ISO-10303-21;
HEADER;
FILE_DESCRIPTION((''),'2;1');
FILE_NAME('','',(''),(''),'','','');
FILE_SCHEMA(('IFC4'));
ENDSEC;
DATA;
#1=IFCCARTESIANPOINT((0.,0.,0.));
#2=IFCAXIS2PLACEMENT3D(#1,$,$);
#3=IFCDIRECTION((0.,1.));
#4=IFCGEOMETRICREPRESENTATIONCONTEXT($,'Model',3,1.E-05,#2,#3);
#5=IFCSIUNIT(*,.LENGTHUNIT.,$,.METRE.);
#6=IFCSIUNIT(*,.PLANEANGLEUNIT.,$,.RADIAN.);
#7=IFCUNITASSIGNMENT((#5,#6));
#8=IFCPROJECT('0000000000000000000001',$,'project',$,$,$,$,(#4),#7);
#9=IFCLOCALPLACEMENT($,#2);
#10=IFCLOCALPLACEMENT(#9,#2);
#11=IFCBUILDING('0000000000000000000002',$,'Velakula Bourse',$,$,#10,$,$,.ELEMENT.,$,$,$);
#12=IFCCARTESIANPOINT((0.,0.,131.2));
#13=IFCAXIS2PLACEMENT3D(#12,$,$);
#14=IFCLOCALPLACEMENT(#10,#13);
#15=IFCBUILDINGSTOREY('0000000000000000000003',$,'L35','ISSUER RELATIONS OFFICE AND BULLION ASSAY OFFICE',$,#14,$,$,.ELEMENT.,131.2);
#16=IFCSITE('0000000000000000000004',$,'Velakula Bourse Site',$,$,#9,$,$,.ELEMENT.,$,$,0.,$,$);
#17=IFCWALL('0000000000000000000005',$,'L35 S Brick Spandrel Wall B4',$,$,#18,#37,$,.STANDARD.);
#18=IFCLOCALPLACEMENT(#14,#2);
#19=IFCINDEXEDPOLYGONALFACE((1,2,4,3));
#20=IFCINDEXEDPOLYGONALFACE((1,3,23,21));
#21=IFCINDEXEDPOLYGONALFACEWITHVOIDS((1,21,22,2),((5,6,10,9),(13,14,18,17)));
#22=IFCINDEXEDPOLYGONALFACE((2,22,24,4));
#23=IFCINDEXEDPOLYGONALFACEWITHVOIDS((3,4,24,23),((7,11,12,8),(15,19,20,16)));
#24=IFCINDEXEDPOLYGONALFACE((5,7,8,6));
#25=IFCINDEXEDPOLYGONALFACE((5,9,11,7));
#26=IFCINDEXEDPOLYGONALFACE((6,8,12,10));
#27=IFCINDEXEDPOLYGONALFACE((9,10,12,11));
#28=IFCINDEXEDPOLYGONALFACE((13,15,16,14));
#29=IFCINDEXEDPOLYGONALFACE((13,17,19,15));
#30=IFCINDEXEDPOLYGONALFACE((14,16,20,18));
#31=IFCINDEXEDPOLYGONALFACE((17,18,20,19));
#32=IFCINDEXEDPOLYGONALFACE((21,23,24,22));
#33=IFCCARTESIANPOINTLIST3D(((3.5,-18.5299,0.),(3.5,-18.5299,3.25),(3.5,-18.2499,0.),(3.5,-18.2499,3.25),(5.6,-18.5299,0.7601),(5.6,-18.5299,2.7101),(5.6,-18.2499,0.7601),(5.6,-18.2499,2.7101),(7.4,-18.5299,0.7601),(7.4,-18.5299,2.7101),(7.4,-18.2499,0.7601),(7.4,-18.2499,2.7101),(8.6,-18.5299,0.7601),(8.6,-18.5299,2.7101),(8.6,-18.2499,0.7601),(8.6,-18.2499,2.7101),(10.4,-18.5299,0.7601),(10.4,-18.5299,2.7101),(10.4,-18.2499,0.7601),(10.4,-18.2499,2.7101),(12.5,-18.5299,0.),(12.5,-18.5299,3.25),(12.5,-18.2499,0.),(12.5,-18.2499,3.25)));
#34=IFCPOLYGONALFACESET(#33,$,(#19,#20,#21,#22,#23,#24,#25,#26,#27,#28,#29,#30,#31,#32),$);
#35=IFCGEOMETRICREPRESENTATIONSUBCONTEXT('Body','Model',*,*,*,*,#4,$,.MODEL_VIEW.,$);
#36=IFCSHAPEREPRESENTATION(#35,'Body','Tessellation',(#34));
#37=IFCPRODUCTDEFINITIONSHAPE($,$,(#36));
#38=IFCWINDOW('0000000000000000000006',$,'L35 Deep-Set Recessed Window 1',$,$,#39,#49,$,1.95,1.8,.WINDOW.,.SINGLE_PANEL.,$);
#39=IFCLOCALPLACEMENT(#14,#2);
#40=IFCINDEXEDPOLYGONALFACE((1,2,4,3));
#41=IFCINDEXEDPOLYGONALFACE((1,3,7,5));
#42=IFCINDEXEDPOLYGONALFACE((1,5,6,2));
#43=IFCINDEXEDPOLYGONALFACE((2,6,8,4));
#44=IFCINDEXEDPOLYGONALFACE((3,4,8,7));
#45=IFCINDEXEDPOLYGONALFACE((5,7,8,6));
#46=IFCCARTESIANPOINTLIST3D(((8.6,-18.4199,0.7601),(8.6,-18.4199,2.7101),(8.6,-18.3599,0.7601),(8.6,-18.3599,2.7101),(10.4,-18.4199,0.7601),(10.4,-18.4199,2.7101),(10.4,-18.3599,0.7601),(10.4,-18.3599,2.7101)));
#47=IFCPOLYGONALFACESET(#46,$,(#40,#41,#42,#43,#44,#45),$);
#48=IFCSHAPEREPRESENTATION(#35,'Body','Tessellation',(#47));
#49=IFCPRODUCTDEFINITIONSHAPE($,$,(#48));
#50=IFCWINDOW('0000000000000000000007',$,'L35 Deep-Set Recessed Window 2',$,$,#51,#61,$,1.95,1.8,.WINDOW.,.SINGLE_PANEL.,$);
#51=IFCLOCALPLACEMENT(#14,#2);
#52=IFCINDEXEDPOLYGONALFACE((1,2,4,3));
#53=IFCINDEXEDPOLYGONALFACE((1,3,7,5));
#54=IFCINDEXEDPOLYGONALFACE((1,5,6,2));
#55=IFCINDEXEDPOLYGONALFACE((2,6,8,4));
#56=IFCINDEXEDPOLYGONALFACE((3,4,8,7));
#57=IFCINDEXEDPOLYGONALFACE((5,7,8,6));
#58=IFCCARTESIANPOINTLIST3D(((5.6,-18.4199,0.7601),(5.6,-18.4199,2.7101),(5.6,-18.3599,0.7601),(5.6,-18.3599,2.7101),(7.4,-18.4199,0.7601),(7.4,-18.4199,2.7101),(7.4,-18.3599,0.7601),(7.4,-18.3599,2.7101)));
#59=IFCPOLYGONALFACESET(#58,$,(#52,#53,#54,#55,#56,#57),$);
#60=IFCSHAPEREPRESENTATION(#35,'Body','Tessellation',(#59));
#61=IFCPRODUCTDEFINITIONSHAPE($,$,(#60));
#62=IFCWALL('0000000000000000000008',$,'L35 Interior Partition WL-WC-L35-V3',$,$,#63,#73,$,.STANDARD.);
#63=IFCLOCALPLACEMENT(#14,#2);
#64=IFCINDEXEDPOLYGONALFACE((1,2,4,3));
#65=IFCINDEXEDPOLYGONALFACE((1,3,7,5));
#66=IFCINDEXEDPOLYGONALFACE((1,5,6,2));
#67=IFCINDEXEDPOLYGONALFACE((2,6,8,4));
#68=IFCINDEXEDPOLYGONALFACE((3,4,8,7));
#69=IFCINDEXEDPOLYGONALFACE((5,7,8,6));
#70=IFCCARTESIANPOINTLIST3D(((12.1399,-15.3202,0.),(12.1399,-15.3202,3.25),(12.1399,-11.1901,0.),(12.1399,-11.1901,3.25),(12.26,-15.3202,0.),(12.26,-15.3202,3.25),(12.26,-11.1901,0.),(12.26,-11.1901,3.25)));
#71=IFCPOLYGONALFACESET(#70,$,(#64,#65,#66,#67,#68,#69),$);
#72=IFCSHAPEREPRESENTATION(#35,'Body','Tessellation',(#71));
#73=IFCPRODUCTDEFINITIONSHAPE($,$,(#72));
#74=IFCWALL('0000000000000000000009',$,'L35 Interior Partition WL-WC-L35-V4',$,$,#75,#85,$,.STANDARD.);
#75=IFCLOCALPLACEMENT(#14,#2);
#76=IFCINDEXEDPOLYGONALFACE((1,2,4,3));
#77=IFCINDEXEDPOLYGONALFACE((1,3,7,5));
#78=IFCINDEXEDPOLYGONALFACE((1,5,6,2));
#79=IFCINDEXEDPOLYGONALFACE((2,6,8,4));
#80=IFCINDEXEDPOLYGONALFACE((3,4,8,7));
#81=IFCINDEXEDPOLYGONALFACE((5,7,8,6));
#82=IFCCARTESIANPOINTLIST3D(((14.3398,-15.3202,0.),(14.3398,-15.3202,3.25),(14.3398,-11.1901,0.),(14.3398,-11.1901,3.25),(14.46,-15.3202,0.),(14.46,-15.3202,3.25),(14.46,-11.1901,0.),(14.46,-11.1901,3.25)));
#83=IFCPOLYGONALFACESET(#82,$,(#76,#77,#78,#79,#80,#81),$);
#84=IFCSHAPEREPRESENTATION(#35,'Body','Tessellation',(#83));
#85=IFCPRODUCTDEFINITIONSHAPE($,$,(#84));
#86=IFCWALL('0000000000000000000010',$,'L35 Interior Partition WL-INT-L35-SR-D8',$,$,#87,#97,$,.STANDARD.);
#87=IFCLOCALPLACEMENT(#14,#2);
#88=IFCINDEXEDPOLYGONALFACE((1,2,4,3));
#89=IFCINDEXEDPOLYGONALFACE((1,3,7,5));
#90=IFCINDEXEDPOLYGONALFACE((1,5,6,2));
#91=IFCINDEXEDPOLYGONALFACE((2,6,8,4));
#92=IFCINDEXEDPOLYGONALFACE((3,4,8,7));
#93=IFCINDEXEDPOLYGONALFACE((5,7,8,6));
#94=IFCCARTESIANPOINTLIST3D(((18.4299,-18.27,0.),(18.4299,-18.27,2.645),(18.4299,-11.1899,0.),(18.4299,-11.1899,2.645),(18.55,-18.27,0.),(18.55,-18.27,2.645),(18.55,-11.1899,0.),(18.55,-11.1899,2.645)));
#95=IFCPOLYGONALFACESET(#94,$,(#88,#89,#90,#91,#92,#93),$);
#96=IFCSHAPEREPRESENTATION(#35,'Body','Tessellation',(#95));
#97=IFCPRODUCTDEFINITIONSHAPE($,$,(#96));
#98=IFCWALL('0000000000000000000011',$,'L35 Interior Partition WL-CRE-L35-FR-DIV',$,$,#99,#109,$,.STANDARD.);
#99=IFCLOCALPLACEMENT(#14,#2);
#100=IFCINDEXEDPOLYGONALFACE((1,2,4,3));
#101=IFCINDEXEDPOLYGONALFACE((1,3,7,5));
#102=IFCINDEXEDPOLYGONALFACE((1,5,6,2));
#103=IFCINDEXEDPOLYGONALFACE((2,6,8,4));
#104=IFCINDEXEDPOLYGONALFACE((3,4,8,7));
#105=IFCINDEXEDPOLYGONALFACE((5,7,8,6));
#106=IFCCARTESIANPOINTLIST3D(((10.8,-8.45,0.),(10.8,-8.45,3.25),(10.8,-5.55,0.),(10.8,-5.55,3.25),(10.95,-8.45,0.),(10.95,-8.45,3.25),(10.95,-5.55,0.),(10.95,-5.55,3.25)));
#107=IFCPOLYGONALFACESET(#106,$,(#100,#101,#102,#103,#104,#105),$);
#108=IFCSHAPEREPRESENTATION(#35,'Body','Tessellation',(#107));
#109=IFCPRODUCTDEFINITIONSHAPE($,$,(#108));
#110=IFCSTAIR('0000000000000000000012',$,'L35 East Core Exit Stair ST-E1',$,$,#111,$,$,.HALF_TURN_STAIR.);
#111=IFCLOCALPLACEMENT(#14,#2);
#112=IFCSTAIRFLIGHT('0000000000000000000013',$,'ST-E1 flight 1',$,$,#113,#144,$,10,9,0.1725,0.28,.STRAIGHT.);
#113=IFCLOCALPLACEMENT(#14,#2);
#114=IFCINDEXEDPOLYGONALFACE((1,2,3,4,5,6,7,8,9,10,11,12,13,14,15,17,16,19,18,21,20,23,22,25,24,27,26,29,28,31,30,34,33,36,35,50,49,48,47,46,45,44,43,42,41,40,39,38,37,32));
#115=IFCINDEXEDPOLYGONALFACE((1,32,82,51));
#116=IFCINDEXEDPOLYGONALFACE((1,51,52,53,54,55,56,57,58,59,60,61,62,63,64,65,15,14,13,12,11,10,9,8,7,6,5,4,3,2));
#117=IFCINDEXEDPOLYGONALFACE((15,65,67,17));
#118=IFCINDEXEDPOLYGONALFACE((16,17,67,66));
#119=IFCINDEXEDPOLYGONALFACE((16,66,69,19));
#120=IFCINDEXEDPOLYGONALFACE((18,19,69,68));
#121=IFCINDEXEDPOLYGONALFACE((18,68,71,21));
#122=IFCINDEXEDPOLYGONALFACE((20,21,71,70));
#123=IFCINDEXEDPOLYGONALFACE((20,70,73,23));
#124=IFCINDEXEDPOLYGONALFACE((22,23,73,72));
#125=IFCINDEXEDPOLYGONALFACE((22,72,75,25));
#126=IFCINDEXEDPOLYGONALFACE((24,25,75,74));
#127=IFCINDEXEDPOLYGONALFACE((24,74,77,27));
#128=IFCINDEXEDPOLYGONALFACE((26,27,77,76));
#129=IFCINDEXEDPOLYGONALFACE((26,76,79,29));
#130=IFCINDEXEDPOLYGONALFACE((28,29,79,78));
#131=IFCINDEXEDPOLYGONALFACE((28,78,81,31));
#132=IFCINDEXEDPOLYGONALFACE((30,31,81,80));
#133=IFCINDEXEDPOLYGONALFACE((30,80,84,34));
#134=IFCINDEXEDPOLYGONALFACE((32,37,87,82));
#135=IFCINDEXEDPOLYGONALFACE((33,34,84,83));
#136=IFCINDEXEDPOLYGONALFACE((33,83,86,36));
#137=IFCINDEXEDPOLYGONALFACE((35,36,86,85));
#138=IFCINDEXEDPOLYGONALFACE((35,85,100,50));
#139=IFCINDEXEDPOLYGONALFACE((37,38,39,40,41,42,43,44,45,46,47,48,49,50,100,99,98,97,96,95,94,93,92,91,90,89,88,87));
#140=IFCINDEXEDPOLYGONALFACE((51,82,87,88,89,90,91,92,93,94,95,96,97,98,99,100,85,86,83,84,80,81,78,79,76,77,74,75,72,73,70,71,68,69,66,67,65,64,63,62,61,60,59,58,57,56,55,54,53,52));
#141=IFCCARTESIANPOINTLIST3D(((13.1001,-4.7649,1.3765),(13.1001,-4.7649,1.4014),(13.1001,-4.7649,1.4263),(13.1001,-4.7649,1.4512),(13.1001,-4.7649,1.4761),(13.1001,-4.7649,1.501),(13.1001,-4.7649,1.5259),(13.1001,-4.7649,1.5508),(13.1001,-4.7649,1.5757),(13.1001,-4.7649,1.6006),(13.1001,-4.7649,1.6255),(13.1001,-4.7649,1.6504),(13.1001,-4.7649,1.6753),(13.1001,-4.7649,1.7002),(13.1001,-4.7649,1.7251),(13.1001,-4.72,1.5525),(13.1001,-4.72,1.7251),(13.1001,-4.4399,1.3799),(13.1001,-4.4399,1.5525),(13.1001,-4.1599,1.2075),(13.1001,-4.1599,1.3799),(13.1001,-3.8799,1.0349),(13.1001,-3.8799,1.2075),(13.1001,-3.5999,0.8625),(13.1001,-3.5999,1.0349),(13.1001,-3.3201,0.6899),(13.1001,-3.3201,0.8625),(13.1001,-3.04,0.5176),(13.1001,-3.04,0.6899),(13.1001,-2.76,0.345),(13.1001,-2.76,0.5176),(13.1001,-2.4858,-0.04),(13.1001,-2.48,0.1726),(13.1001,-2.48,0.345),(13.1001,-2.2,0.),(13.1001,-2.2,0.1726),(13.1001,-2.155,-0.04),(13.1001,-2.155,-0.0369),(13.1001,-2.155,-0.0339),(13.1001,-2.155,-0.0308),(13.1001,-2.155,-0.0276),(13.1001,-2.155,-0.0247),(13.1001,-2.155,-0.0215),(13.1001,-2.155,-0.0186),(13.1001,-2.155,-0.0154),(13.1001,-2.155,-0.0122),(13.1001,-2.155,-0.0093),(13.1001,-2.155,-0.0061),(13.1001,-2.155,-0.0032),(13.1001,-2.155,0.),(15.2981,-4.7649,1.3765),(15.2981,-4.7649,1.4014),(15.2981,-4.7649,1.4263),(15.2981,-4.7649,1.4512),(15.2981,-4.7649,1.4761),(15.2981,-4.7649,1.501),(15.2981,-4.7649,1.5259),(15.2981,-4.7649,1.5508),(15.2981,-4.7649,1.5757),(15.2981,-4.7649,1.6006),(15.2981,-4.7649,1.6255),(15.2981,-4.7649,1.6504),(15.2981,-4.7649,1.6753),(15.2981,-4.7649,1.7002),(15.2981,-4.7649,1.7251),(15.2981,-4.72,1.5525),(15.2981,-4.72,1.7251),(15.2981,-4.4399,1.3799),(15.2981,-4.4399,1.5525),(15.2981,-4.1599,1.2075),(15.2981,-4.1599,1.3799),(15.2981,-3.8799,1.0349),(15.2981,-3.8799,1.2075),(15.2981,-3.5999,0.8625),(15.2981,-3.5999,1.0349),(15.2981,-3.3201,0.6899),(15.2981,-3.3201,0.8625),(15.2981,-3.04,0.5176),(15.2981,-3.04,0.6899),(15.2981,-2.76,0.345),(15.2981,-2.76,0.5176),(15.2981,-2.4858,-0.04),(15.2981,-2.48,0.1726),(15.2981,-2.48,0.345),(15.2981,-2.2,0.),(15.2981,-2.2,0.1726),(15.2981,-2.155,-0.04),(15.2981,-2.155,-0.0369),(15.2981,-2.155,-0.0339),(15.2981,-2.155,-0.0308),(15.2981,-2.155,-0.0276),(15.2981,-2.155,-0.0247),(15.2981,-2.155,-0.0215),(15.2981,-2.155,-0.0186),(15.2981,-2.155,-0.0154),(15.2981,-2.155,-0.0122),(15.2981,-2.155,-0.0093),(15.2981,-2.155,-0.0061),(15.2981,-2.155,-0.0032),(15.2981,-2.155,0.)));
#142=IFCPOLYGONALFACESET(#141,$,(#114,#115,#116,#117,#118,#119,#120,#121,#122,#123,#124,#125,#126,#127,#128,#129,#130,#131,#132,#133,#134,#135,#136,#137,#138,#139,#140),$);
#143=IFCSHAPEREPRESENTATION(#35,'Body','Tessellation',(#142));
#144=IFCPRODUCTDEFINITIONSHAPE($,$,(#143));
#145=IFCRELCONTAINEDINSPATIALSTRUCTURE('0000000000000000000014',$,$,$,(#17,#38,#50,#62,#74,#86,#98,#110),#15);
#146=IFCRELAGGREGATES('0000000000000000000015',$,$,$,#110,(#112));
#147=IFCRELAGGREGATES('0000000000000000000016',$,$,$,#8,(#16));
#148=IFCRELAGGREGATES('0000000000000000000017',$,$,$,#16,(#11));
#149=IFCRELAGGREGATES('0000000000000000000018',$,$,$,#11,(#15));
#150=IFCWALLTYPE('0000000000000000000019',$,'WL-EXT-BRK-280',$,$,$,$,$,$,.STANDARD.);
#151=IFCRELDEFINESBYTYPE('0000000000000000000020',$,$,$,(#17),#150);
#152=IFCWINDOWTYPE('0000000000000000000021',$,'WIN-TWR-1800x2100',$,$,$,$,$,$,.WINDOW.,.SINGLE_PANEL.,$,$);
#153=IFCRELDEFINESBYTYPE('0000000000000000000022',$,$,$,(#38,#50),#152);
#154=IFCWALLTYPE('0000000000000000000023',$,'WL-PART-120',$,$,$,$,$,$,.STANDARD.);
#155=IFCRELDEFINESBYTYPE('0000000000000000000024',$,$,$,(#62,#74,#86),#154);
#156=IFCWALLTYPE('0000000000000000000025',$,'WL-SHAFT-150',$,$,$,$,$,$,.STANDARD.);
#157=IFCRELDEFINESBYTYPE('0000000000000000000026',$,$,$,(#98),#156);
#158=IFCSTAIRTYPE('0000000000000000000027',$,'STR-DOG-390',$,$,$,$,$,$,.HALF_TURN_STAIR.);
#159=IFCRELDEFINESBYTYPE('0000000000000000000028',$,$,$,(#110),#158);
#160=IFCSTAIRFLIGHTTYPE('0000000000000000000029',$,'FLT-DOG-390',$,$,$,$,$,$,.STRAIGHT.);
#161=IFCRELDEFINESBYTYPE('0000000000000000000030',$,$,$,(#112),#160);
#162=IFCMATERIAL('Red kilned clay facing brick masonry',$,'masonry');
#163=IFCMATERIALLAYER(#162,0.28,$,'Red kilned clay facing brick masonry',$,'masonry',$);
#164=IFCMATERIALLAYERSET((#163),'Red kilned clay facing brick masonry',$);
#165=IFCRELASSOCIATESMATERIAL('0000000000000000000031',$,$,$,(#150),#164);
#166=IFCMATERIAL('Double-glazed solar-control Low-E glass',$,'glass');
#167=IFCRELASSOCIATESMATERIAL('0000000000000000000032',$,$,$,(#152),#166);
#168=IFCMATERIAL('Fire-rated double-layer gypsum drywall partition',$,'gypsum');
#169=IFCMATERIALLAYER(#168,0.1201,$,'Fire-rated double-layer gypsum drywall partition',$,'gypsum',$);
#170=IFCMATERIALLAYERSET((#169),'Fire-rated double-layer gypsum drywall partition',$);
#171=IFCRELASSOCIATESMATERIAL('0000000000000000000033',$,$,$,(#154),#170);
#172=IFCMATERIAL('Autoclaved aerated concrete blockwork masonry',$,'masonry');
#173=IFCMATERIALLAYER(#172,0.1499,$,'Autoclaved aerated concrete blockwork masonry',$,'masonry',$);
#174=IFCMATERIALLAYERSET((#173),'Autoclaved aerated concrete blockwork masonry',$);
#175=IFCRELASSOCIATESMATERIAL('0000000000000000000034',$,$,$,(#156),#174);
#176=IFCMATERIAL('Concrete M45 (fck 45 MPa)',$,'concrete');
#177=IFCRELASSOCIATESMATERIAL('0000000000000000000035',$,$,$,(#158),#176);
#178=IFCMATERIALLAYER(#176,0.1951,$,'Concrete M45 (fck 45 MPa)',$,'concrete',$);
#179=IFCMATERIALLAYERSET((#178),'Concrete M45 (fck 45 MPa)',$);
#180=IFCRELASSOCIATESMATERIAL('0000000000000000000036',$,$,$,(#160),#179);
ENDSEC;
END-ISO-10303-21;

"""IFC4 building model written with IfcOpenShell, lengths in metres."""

from ifc_helpers import new_model, si_unit, direction, frame, frame_2d, origin, place, context, subcontext, project, spatial, polyline, rectangle, outline, extrude, material, layer, layer_set, type_object, element, fill, aggregate, save


model = new_model("IFC4")

# Units and contexts
model_context = context("Model", 3, precision=1e-05, world=origin(), true_north=direction((0.0, 1.0)))
body_context = subcontext(model_context, "Body", "Model", "MODEL_VIEW")
ifc_project = project(units=[si_unit("LENGTHUNIT", "METRE"), si_unit("PLANEANGLEUNIT", "RADIAN")], contexts=[model_context])

# Site, building, storey
site_placement = place(None, origin())
site = spatial("IfcSite", under=ifc_project, at=site_placement, Name="Velakula Bourse Site", CompositionType="ELEMENT", RefElevation=0.0)
building_placement = place(site_placement, origin())
building = spatial("IfcBuilding", under=site, at=building_placement, Name="Velakula Bourse", CompositionType="ELEMENT")
storey_placement = place(building_placement, frame((0.0, 0.0, 131.2)))
storey = spatial("IfcBuildingStorey", under=building, at=storey_placement, Name="L35", Description="ISSUER RELATIONS OFFICE AND BULLION ASSAY OFFICE", CompositionType="ELEMENT", Elevation=131.2)

# Wall, openings, windows
ifc_material_1 = material(Name="Red kilned clay facing brick masonry", Category="masonry")
ifc_layer_1 = layer(ifc_material_1, 0.28, Name="Red kilned clay facing brick masonry", Category="masonry")
ifc_layer_set_1 = layer_set([ifc_layer_1], Name="Red kilned clay facing brick masonry")
wall_type_1 = type_object("IfcWallType", Name="WL-EXT-BRK-280", PredefinedType="STANDARD", material=ifc_layer_set_1)
wall_1_placement = place(storey_placement, frame((12.5, -18.3899, 0.0), z_axis=(0.0, 0.0, 1.0), x_axis=(-1.0, 0.0, 0.0)))
wall_1 = element("IfcWall", 1, at=wall_1_placement, inside=storey, type_object=wall_type_1, Name="L35 S Brick Spandrel Wall B4", PredefinedType="STANDARD", context=body_context, shape_type="SweptSolid", body=[
    extrude(rectangle(XDim=9.0, YDim=0.28, at=frame_2d((4.5, 0.0))), origin(), (0.0, 0.0, 1.0), 3.25),
])
opening_1_placement = place(wall_1_placement, frame((2.1001, 0.0, 0.76)))
opening_1 = element("IfcOpeningElement", 2, at=opening_1_placement, cuts=wall_1, PredefinedType="OPENING", context=body_context, shape_type="SweptSolid", body=[
    extrude(rectangle(XDim=1.8, YDim=1.95, at=frame_2d((0.8999, 0.9751))), frame((0.0, 0.1499, 0.0), z_axis=(0.0, -1.0, 0.0), x_axis=(1.0, 0.0, 0.0)), (0.0, 0.0, 1.0), 0.3),
])
opening_2_placement = place(wall_1_placement, frame((5.1001, 0.0, 0.76)))
opening_2 = element("IfcOpeningElement", 3, at=opening_2_placement, cuts=wall_1, PredefinedType="OPENING", context=body_context, shape_type="SweptSolid", body=[
    extrude(rectangle(XDim=1.8, YDim=1.95, at=frame_2d((0.8999, 0.9751))), frame((0.0, 0.1499, 0.0), z_axis=(0.0, -1.0, 0.0), x_axis=(1.0, 0.0, 0.0)), (0.0, 0.0, 1.0), 0.3),
])
ifc_material_2 = material(Name="Double-glazed solar-control Low-E glass", Category="glass")
window_type = type_object("IfcWindowType", Name="WIN-TWR-1800x2100", PartitioningType="SINGLE_PANEL", PredefinedType="WINDOW", material=ifc_material_2)
window_1_placement = place(opening_1_placement, origin())
window_1 = element("IfcWindow", 4, at=window_1_placement, inside=storey, type_object=window_type, Name="L35 Deep-Set Recessed Window 1", OverallHeight=1.95, OverallWidth=1.8, PartitioningType="SINGLE_PANEL", PredefinedType="WINDOW", context=body_context, shape_type="SweptSolid", body=[
    extrude(rectangle(XDim=1.8, YDim=1.95, at=frame_2d((0.8999, 0.9751))), frame((0.0, 0.03, 0.0), z_axis=(0.0, -1.0, 0.0), x_axis=(1.0, 0.0, 0.0)), (0.0, 0.0, 1.0), 0.0601),
])
fill(opening_1, window_1)
window_2_placement = place(opening_2_placement, origin())
window_2 = element("IfcWindow", 5, at=window_2_placement, inside=storey, type_object=window_type, Name="L35 Deep-Set Recessed Window 2", OverallHeight=1.95, OverallWidth=1.8, PartitioningType="SINGLE_PANEL", PredefinedType="WINDOW", context=body_context, shape_type="SweptSolid", body=[
    extrude(rectangle(XDim=1.8, YDim=1.95, at=frame_2d((0.8999, 0.9751))), frame((0.0, 0.03, 0.0), z_axis=(0.0, -1.0, 0.0), x_axis=(1.0, 0.0, 0.0)), (0.0, 0.0, 1.0), 0.0601),
])
fill(opening_2, window_2)

# Walls
ifc_material_3 = material(Name="Fire-rated double-layer gypsum drywall partition", Category="gypsum")
ifc_layer_2 = layer(ifc_material_3, 0.1201, Name="Fire-rated double-layer gypsum drywall partition", Category="gypsum")
ifc_layer_set_2 = layer_set([ifc_layer_2], Name="Fire-rated double-layer gypsum drywall partition")
wall_type_2 = type_object("IfcWallType", Name="WL-PART-120", PredefinedType="STANDARD", material=ifc_layer_set_2)
for number, where, z_axis, x_axis, name in (
    (6, (12.2, -15.3201, 0.0), (0.0, 0.0, 1.0), (0.0, 1.0, 0.0), "L35 Interior Partition WL-WC-L35-V3"),
    (7, (14.3999, -15.3201, 0.0), (0.0, 0.0, 1.0), (0.0, 1.0, 0.0), "L35 Interior Partition WL-WC-L35-V4"),
):
    element("IfcWall", number, at=place(storey_placement, frame(where, z_axis=z_axis, x_axis=x_axis)), inside=storey, type_object=wall_type_2, Name=name, PredefinedType="STANDARD", context=body_context, shape_type="SweptSolid", body=[
        extrude(rectangle(XDim=4.1301, YDim=0.1201, at=frame_2d((2.0649, 0.0))), origin(), (0.0, 0.0, 1.0), 3.25),
    ])
wall_2_placement = place(storey_placement, frame((18.49, -18.27, 0.0), z_axis=(0.0, 0.0, 1.0), x_axis=(0.0, 1.0, 0.0)))
element("IfcWall", 8, at=wall_2_placement, inside=storey, type_object=wall_type_2, Name="L35 Interior Partition WL-INT-L35-SR-D8", PredefinedType="STANDARD", context=body_context, shape_type="SweptSolid", body=[
    extrude(rectangle(XDim=7.0801, YDim=0.1201, at=frame_2d((3.54, 0.0))), origin(), (0.0, 0.0, 1.0), 2.645),
])

# Shared definitions
ifc_material_4 = material(Name="Autoclaved aerated concrete blockwork masonry", Category="masonry")
ifc_layer_3 = layer(ifc_material_4, 0.1499, Name="Autoclaved aerated concrete blockwork masonry", Category="masonry")
ifc_layer_set_3 = layer_set([ifc_layer_3], Name="Autoclaved aerated concrete blockwork masonry")
wall_type_3 = type_object("IfcWallType", Name="WL-SHAFT-150", PredefinedType="STANDARD", material=ifc_layer_set_3)

# Wall
wall_3_placement = place(storey_placement, frame((10.875, -8.45, 0.0), z_axis=(0.0, 0.0, 1.0), x_axis=(0.0, 1.0, 0.0)))
element("IfcWall", 9, at=wall_3_placement, inside=storey, type_object=wall_type_3, Name="L35 Interior Partition WL-CRE-L35-FR-DIV", PredefinedType="STANDARD", context=body_context, shape_type="SweptSolid", body=[
    extrude(rectangle(XDim=2.8999, YDim=0.1499, at=frame_2d((1.45, 0.0))), origin(), (0.0, 0.0, 1.0), 3.25),
])

# Stair, stair flight
ifc_material_5 = material(Name="Concrete M45 (fck 45 MPa)", Category="concrete")
stair_type = type_object("IfcStairType", Name="STR-DOG-390", PredefinedType="HALF_TURN_STAIR", material=ifc_material_5)
stair_placement = place(storey_placement, origin())
stair = element("IfcStair", 10, at=stair_placement, inside=storey, type_object=stair_type, Name="L35 East Core Exit Stair ST-E1", PredefinedType="HALF_TURN_STAIR")
ifc_layer_4 = layer(ifc_material_5, 0.1951, Name="Concrete M45 (fck 45 MPa)", Category="concrete")
ifc_layer_set_4 = layer_set([ifc_layer_4], Name="Concrete M45 (fck 45 MPa)")
stair_flight_type = type_object("IfcStairFlightType", Name="FLT-DOG-390", PredefinedType="STRAIGHT", material=ifc_layer_set_4)
stair_flight_1_placement = place(storey_placement, frame((14.199, -2.2, 0.0), z_axis=(0.0, 0.0, 1.0), x_axis=(0.0, -1.0, 0.0)))
stair_flight_1 = element("IfcStairFlight", 11, at=stair_flight_1_placement, type_object=stair_flight_type, Name="ST-E1 flight 1", NumberOfRisers=10, NumberOfTreads=9, PredefinedType="STRAIGHT", RiserHeight=0.1725, TreadLength=0.28, context=body_context, shape_type="SweptSolid", body=[
    extrude(outline(polyline([(-0.0449, -0.04), (-0.0449, -0.0369), (-0.0449, -0.0339), (-0.0449, -0.0308), (-0.0449, -0.0276), (-0.0449, -0.0247), (-0.0449, -0.0215), (-0.0449, -0.0186), (-0.0449, -0.0154), (-0.0449, -0.0122), (-0.0449, -0.0093), (-0.0449, -0.0061), (-0.0449, -0.0032), (-0.0449, 0.0), (0.0, 0.0), (0.0, 0.1726), (0.28, 0.1726), (0.28, 0.345), (0.5601, 0.345), (0.5601, 0.5176), (0.8401, 0.5176), (0.8401, 0.6899), (1.1201, 0.6899), (1.1201, 0.8625), (1.3999, 0.8625), (1.3999, 1.0349), (1.6799, 1.0349), (1.6799, 1.2075), (1.96, 1.2075), (1.96, 1.3799), (2.24, 1.3799), (2.24, 1.5525), (2.52, 1.5525), (2.52, 1.7251), (2.5649, 1.7251), (2.5649, 1.7002), (2.5649, 1.6753), (2.5649, 1.6504), (2.5649, 1.6255), (2.5649, 1.6006), (2.5649, 1.5757), (2.5649, 1.5508), (2.5649, 1.5259), (2.5649, 1.501), (2.5649, 1.4761), (2.5649, 1.4512), (2.5649, 1.4263), (2.5649, 1.4014), (2.5649, 1.3765), (0.2859, -0.04), (-0.0449, -0.04)])), frame((0.0, 1.0991, 0.0), z_axis=(0.0, -1.0, 0.0), x_axis=(1.0, 0.0, 0.0)), (0.0, 0.0, 1.0), 2.198),
])
aggregate(stair, [stair_flight_1])

save(model, "model.ifc")
